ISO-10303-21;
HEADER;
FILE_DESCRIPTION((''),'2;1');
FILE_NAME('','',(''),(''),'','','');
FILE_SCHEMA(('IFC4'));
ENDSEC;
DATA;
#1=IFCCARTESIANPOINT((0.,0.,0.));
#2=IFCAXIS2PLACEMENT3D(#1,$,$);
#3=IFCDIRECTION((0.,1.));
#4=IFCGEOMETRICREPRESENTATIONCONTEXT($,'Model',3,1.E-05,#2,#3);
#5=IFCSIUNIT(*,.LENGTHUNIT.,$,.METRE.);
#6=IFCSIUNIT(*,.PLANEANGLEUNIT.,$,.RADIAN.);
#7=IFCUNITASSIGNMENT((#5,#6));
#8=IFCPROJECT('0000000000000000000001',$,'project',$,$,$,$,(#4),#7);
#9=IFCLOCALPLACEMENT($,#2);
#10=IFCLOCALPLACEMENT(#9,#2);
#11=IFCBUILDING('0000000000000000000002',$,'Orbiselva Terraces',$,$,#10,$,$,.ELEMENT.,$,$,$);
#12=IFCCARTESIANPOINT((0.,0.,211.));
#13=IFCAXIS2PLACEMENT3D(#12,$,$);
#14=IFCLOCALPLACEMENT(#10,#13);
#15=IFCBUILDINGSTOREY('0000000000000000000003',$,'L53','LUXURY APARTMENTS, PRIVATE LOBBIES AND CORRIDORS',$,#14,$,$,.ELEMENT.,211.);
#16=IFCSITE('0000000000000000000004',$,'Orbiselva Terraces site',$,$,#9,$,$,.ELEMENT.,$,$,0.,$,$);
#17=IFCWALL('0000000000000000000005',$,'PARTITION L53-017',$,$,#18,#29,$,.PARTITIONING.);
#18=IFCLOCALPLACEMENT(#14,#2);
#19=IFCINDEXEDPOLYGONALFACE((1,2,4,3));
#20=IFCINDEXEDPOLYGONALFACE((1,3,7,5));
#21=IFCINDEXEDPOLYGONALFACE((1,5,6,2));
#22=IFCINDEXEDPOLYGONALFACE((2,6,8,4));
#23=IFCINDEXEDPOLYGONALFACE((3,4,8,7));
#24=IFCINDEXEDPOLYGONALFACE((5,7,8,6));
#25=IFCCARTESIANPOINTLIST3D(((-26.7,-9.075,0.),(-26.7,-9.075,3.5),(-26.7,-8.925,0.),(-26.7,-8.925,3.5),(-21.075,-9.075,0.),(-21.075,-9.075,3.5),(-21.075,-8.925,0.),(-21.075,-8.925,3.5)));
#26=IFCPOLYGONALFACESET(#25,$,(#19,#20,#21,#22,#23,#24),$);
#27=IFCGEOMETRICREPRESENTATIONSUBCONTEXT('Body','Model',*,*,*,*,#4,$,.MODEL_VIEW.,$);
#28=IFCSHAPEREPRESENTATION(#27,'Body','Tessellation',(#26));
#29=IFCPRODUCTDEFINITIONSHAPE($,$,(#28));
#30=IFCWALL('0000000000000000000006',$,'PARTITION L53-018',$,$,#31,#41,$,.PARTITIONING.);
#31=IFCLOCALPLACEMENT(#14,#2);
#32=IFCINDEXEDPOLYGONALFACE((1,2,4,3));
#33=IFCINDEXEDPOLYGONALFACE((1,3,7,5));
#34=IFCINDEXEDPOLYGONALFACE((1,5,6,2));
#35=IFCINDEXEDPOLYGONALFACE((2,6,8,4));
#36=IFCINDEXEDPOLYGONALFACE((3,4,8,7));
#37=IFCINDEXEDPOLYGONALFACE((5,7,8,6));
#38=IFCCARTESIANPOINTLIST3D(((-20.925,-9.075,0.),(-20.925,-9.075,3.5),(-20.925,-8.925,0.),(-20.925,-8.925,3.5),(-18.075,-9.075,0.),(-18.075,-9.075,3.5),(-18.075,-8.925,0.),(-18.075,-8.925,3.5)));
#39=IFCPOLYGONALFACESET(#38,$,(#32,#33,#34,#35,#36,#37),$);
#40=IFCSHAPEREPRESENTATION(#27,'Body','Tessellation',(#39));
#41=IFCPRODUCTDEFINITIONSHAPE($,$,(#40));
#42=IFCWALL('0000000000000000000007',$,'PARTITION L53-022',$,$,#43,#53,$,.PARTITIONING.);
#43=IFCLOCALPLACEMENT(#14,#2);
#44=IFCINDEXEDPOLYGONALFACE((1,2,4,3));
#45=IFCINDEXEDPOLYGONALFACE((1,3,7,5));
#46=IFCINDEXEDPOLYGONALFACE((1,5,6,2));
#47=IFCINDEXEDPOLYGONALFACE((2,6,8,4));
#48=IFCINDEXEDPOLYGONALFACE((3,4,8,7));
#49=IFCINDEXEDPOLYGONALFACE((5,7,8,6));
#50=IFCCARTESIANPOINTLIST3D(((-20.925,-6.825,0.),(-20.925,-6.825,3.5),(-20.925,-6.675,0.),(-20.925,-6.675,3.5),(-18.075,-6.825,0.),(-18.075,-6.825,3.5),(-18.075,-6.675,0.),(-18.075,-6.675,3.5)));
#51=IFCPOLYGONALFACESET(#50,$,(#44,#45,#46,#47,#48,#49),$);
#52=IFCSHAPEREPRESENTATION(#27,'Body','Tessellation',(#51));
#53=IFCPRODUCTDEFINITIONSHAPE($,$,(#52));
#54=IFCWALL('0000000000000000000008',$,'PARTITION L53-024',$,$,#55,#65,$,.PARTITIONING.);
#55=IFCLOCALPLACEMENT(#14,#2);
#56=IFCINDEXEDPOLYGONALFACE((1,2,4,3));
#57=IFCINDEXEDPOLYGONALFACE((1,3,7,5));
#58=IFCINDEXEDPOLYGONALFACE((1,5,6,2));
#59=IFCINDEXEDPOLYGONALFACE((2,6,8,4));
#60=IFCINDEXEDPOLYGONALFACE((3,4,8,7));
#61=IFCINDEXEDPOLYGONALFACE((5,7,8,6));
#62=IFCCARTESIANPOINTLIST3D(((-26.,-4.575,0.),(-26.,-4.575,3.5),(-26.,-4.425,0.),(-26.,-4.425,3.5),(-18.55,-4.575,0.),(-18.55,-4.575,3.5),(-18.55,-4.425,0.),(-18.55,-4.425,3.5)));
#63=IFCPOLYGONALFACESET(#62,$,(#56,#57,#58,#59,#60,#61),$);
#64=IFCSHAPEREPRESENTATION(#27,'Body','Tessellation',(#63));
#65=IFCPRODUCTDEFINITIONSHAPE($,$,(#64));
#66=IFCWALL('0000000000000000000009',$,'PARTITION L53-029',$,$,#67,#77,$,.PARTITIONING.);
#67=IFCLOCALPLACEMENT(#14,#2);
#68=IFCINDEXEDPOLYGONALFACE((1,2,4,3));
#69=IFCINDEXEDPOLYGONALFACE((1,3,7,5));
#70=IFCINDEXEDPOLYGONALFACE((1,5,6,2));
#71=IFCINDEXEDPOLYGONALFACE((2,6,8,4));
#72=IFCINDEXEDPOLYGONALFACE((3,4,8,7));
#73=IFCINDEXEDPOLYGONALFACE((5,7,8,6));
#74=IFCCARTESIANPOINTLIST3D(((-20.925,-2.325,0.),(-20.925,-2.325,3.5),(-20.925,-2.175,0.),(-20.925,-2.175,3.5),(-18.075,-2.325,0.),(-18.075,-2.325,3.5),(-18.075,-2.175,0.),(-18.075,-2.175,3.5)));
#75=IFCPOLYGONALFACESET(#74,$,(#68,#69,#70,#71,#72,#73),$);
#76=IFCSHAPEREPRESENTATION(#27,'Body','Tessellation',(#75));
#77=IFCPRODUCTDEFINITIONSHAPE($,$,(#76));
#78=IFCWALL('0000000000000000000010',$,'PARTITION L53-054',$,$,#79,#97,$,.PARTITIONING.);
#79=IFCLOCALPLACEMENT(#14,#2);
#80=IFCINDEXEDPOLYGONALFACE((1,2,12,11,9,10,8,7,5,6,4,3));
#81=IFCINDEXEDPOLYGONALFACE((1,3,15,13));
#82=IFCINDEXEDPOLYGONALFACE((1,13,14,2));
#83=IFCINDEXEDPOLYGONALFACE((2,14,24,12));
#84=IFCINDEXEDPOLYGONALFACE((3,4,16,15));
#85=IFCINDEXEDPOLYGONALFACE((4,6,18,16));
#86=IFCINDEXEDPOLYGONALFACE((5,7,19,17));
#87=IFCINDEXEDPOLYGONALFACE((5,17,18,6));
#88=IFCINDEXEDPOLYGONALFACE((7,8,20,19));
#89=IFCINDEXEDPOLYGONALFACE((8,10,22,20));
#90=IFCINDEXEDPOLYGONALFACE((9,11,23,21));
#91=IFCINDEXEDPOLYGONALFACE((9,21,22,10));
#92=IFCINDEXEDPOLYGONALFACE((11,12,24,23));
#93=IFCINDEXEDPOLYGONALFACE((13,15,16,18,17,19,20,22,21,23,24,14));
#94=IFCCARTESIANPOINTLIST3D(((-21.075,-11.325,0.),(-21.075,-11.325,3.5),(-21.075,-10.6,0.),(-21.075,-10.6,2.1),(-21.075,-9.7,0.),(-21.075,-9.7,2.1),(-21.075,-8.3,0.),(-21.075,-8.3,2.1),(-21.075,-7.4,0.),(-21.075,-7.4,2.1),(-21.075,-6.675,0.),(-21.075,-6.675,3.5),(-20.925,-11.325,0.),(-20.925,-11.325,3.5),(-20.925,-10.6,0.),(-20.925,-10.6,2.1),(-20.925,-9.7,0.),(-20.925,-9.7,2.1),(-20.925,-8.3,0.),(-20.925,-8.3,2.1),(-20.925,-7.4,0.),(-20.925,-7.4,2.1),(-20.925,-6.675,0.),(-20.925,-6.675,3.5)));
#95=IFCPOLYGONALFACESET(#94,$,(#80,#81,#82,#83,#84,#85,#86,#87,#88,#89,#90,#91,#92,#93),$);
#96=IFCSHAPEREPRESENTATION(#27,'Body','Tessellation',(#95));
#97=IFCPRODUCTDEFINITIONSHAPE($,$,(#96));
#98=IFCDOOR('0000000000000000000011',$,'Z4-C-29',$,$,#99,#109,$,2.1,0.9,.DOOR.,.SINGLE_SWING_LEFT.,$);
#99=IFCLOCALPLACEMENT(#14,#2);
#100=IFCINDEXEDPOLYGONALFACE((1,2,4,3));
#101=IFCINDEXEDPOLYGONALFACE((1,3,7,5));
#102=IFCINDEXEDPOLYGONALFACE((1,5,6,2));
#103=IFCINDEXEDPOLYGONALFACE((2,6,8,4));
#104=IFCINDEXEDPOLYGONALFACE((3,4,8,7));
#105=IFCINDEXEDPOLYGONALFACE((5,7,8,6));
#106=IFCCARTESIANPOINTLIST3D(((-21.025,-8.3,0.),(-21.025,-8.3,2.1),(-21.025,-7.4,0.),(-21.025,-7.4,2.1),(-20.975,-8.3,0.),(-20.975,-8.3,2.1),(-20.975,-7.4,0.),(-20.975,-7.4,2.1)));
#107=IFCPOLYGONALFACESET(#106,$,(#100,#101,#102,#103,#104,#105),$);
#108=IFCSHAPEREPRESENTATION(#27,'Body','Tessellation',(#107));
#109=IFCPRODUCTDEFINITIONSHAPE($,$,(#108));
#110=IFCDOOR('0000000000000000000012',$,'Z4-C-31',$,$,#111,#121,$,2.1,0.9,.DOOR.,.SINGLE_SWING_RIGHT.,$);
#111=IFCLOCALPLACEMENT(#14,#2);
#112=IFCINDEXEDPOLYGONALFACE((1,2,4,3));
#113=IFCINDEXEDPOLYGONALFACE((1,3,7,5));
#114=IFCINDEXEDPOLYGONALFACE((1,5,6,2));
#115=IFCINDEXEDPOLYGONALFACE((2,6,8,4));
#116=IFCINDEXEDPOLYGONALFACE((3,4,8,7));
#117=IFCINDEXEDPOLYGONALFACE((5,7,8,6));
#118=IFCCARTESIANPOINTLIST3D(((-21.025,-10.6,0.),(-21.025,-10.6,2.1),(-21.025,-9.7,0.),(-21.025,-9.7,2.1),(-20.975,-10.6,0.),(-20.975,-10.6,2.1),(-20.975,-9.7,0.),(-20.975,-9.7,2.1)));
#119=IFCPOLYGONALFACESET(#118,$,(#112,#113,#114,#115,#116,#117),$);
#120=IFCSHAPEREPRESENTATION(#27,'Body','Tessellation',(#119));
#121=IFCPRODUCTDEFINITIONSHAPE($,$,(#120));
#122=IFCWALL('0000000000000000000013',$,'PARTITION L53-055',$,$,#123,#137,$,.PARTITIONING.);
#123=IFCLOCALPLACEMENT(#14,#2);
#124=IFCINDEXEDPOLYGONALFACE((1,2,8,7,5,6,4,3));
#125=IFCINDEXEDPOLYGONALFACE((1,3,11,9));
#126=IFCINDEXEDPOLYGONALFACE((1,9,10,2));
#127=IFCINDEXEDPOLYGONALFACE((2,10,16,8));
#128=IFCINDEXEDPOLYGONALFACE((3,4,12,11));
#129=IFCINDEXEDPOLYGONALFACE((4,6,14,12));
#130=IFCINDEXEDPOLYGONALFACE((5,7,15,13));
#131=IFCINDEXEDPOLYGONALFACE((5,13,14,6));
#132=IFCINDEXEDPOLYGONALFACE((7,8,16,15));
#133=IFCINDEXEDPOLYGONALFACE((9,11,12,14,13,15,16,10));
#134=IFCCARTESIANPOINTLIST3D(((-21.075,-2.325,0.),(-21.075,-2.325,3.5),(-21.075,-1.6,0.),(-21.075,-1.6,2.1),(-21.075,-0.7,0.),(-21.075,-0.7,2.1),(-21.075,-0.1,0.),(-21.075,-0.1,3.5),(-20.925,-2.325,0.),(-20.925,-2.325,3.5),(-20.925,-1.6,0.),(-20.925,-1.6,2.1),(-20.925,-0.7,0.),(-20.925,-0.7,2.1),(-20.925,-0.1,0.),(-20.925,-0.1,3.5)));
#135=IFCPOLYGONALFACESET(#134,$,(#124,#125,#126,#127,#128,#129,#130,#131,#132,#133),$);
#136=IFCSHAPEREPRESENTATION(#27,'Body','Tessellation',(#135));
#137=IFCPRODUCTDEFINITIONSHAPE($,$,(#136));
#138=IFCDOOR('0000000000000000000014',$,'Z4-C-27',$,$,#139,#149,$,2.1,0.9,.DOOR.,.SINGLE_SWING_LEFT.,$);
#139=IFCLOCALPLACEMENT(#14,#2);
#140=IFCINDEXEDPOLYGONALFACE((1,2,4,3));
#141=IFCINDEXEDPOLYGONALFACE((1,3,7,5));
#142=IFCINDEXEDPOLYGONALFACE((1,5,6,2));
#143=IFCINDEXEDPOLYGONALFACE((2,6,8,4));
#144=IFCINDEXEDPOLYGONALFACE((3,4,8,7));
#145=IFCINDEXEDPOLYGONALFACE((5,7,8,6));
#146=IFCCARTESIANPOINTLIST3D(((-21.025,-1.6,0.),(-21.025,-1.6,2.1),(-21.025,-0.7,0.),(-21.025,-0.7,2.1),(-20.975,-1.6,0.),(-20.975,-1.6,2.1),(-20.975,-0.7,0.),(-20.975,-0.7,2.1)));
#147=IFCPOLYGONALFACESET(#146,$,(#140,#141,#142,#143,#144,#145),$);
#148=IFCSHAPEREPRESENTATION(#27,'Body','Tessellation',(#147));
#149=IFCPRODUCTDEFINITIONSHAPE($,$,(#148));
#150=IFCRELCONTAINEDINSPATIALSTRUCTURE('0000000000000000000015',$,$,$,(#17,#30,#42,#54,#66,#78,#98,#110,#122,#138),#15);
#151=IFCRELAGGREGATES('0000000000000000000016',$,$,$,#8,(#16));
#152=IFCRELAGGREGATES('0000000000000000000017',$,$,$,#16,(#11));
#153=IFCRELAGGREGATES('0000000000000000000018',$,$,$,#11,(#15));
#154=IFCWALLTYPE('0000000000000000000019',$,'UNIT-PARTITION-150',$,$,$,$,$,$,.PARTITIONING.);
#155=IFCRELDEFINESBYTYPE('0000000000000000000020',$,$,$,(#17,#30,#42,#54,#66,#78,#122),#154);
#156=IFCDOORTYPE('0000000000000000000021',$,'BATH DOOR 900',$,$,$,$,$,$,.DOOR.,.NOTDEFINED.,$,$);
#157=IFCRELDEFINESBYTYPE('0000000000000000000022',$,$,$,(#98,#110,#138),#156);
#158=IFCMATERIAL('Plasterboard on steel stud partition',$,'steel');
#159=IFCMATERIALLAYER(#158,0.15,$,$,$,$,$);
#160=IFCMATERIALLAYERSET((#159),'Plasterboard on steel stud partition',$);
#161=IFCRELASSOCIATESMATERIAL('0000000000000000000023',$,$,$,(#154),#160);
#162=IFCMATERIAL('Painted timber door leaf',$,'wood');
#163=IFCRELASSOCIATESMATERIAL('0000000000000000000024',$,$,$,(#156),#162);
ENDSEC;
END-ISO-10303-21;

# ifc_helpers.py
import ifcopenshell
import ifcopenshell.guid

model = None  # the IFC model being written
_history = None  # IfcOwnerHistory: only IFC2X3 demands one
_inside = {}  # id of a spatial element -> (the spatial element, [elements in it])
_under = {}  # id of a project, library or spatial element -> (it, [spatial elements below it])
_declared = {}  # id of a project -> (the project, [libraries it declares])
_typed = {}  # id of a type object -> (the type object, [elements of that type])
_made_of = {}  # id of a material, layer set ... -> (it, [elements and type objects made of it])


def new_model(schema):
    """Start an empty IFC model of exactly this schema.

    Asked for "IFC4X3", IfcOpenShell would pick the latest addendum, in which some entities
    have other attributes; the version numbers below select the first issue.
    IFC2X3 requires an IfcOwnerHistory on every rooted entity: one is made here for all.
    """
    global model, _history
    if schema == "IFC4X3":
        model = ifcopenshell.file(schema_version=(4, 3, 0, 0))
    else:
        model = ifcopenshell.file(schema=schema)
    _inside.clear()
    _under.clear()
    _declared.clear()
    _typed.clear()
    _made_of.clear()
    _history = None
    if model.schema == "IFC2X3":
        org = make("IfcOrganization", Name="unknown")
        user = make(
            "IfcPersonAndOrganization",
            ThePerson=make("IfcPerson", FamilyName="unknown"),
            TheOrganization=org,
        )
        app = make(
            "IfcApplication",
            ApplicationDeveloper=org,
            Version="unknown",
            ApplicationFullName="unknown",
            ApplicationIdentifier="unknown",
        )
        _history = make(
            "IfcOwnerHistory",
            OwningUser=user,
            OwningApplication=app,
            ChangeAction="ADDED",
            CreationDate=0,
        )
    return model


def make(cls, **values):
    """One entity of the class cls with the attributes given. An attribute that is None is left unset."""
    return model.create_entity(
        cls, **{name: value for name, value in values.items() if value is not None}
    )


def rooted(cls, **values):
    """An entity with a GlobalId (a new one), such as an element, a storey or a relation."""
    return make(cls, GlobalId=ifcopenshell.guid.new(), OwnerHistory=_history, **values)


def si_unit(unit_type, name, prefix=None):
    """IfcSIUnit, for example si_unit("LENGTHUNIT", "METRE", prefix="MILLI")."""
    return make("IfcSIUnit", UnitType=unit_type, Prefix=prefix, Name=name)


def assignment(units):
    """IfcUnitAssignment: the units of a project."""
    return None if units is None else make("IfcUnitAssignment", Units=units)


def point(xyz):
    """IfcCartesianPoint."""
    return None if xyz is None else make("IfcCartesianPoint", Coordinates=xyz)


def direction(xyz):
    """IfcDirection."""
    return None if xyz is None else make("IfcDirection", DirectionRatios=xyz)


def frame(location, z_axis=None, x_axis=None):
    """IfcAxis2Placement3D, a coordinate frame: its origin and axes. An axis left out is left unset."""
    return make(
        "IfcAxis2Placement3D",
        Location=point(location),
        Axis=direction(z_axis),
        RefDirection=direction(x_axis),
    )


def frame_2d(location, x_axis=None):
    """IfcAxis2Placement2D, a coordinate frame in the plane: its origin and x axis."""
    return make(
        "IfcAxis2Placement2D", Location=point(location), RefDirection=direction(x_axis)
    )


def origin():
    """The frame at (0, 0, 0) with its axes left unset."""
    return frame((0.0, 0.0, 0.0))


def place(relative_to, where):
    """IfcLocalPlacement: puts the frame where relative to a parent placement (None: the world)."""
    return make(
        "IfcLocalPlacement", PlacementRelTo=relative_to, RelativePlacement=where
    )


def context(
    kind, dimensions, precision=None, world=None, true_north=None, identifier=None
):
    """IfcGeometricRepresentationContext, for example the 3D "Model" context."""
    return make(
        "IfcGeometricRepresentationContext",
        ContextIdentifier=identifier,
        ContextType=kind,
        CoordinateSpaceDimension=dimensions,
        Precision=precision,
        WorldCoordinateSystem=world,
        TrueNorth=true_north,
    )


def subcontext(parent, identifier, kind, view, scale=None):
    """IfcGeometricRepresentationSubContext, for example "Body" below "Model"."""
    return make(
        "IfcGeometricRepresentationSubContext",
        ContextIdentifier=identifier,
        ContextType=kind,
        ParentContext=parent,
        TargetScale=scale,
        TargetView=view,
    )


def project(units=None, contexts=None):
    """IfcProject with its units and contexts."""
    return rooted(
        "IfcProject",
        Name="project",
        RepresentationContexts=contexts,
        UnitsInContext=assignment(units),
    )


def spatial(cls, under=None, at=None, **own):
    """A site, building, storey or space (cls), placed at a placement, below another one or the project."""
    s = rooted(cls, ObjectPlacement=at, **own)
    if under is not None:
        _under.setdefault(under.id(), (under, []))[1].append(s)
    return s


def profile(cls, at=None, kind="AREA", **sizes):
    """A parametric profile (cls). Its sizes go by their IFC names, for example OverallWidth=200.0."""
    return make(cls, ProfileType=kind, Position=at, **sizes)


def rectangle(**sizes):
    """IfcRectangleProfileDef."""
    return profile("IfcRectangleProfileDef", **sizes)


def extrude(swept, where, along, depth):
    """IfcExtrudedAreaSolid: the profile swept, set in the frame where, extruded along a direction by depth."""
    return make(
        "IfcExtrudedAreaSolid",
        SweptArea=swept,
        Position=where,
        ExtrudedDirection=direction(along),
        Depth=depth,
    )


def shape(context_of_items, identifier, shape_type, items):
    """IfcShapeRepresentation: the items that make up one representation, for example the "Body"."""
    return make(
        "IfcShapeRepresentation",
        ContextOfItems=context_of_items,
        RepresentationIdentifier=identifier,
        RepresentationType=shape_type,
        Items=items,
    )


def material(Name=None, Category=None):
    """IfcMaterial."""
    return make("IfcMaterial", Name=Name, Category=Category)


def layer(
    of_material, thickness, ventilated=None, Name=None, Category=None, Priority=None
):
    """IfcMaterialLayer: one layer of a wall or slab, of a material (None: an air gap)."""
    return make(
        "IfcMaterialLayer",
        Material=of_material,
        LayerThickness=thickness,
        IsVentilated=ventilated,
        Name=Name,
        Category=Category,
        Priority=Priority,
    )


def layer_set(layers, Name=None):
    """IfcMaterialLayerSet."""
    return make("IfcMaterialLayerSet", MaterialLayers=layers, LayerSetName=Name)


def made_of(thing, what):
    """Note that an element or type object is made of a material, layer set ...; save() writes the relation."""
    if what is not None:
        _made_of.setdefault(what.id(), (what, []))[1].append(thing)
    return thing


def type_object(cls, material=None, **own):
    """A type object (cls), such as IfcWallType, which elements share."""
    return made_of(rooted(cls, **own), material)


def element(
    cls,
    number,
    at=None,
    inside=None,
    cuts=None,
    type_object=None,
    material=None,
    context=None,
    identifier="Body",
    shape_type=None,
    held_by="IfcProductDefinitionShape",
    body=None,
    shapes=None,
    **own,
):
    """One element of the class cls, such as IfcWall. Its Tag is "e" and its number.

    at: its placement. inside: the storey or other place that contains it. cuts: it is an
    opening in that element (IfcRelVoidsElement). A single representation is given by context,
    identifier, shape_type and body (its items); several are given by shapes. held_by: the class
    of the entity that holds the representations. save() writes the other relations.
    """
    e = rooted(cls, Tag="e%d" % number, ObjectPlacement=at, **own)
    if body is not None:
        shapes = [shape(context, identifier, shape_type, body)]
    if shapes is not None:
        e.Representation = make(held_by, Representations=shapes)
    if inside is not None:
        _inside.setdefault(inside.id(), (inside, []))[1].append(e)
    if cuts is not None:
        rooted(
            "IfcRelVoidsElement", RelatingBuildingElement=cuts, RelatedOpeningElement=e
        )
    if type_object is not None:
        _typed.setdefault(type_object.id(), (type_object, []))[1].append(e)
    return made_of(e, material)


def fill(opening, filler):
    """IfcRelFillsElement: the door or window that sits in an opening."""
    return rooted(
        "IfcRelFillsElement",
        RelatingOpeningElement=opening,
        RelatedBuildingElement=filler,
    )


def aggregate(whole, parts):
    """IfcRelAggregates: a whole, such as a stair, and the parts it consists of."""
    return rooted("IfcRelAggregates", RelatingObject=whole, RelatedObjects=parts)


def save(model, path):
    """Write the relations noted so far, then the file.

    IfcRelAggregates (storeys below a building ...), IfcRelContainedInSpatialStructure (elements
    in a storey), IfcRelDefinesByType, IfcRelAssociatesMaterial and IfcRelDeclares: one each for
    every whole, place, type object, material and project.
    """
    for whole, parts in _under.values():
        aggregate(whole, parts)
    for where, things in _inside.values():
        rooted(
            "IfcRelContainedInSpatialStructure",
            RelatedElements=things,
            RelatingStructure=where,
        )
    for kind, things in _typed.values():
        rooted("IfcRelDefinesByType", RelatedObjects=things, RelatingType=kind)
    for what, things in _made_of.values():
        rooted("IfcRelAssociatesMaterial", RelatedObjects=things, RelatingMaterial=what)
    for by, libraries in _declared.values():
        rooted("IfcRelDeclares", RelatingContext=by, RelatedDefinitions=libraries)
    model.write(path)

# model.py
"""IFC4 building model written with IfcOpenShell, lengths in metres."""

from ifc_helpers import new_model, si_unit, direction, frame, frame_2d, origin, place, context, subcontext, project, spatial, rectangle, extrude, material, layer, layer_set, type_object, element, fill, save


model = new_model("IFC4")

# Units and contexts
model_context = context("Model", 3, precision=1e-05, world=origin(), true_north=direction((0.0, 1.0)))
body_context = subcontext(model_context, "Body", "Model", "MODEL_VIEW")
ifc_project = project(units=[si_unit("LENGTHUNIT", "METRE"), si_unit("PLANEANGLEUNIT", "RADIAN")], contexts=[model_context])

# Site, building, storey
site_placement = place(None, origin())
site = spatial("IfcSite", under=ifc_project, at=site_placement, Name="Orbiselva Terraces site", CompositionType="ELEMENT", RefElevation=0.0)
building_placement = place(site_placement, origin())
building = spatial("IfcBuilding", under=site, at=building_placement, Name="Orbiselva Terraces", CompositionType="ELEMENT")
storey_placement = place(building_placement, frame((0.0, 0.0, 211.0)))
storey = spatial("IfcBuildingStorey", under=building, at=storey_placement, Name="L53", Description="LUXURY APARTMENTS, PRIVATE LOBBIES AND CORRIDORS", CompositionType="ELEMENT", Elevation=211.0)

# Walls
ifc_material_1 = material(Name="Plasterboard on steel stud partition", Category="steel")
ifc_layer_1 = layer(ifc_material_1, 0.15)
ifc_layer_set_1 = layer_set([ifc_layer_1], Name="Plasterboard on steel stud partition")
wall_type_1 = type_object("IfcWallType", Name="UNIT-PARTITION-150", PredefinedType="PARTITIONING", material=ifc_layer_set_1)
wall_1_placement = place(storey_placement, frame((-26.7, -9.0, 0.0), z_axis=(0.0, 0.0, 1.0), x_axis=(1.0, 0.0, 0.0)))
element("IfcWall", 1, at=wall_1_placement, inside=storey, type_object=wall_type_1, Name="PARTITION L53-017", PredefinedType="PARTITIONING", context=body_context, shape_type="SweptSolid", body=[
    extrude(rectangle(XDim=5.625, YDim=0.15, at=frame_2d((2.8125, 0.0))), origin(), (0.0, 0.0, 1.0), 3.5),
])
for number, where, z_axis, x_axis, name in (
    (2, (-20.925, -9.0, 0.0), (0.0, 0.0, 1.0), (1.0, 0.0, 0.0), "PARTITION L53-018"),
    (3, (-20.925, -6.75, 0.0), (0.0, 0.0, 1.0), (1.0, 0.0, 0.0), "PARTITION L53-022"),
):
    element("IfcWall", number, at=place(storey_placement, frame(where, z_axis=z_axis, x_axis=x_axis)), inside=storey, type_object=wall_type_1, Name=name, PredefinedType="PARTITIONING", context=body_context, shape_type="SweptSolid", body=[
        extrude(rectangle(XDim=2.85, YDim=0.15, at=frame_2d((1.425, 0.0))), origin(), (0.0, 0.0, 1.0), 3.5),
    ])
wall_2_placement = place(storey_placement, frame((-26.0, -4.5, 0.0), z_axis=(0.0, 0.0, 1.0), x_axis=(1.0, 0.0, 0.0)))
element("IfcWall", 4, at=wall_2_placement, inside=storey, type_object=wall_type_1, Name="PARTITION L53-024", PredefinedType="PARTITIONING", context=body_context, shape_type="SweptSolid", body=[
    extrude(rectangle(XDim=7.45, YDim=0.15, at=frame_2d((3.725, 0.0))), origin(), (0.0, 0.0, 1.0), 3.5),
])
wall_3_placement = place(storey_placement, frame((-20.925, -2.25, 0.0), z_axis=(0.0, 0.0, 1.0), x_axis=(1.0, 0.0, 0.0)))
element("IfcWall", 5, at=wall_3_placement, inside=storey, type_object=wall_type_1, Name="PARTITION L53-029", PredefinedType="PARTITIONING", context=body_context, shape_type="SweptSolid", body=[
    extrude(rectangle(XDim=2.85, YDim=0.15, at=frame_2d((1.425, 0.0))), origin(), (0.0, 0.0, 1.0), 3.5),
])

# Wall, openings, doors
wall_4_placement = place(storey_placement, frame((-21.0, -6.675, 0.0), z_axis=(0.0, 0.0, 1.0), x_axis=(0.0, -1.0, 0.0)))
wall_4 = element("IfcWall", 6, at=wall_4_placement, inside=storey, type_object=wall_type_1, Name="PARTITION L53-054", PredefinedType="PARTITIONING", context=body_context, shape_type="SweptSolid", body=[
    extrude(rectangle(XDim=4.65, YDim=0.15, at=frame_2d((2.325, 0.0))), origin(), (0.0, 0.0, 1.0), 3.5),
])
opening_1_placement = place(wall_4_placement, frame((0.725, 0.0, 0.0)))
opening_1 = element("IfcOpeningElement", 7, at=opening_1_placement, cuts=wall_4, PredefinedType="OPENING", context=body_context, shape_type="SweptSolid", body=[
    extrude(rectangle(XDim=0.9, YDim=2.1, at=frame_2d((0.45, 1.05))), frame((0.0, 0.085, 0.0), z_axis=(0.0, -1.0, 0.0), x_axis=(1.0, 0.0, 0.0)), (0.0, 0.0, 1.0), 0.17),
])
opening_2_placement = place(wall_4_placement, frame((3.025, 0.0, 0.0)))
opening_2 = element("IfcOpeningElement", 8, at=opening_2_placement, cuts=wall_4, PredefinedType="OPENING", context=body_context, shape_type="SweptSolid", body=[
    extrude(rectangle(XDim=0.9, YDim=2.1, at=frame_2d((0.45, 1.05))), frame((0.0, 0.085, 0.0), z_axis=(0.0, -1.0, 0.0), x_axis=(1.0, 0.0, 0.0)), (0.0, 0.0, 1.0), 0.17),
])
ifc_material_2 = material(Name="Painted timber door leaf", Category="wood")
door_type_1 = type_object("IfcDoorType", Name="BATH DOOR 900", OperationType="NOTDEFINED", PredefinedType="DOOR", material=ifc_material_2)
door_1_placement = place(opening_1_placement, origin())
door_1 = element("IfcDoor", 9, at=door_1_placement, inside=storey, type_object=door_type_1, Name="Z4-C-29", OperationType="SINGLE_SWING_LEFT", OverallHeight=2.1, OverallWidth=0.9, PredefinedType="DOOR", context=body_context, shape_type="SweptSolid", body=[
    extrude(rectangle(XDim=0.9, YDim=2.1, at=frame_2d((0.45, 1.05))), frame((0.0, 0.025, 0.0), z_axis=(0.0, -1.0, 0.0), x_axis=(1.0, 0.0, 0.0)), (0.0, 0.0, 1.0), 0.05),
])
fill(opening_1, door_1)
door_2_placement = place(opening_2_placement, origin())
door_2 = element("IfcDoor", 10, at=door_2_placement, inside=storey, type_object=door_type_1, Name="Z4-C-31", OperationType="SINGLE_SWING_RIGHT", OverallHeight=2.1, OverallWidth=0.9, PredefinedType="DOOR", context=body_context, shape_type="SweptSolid", body=[
    extrude(rectangle(XDim=0.9, YDim=2.1, at=frame_2d((0.45, 1.05))), frame((0.0, 0.025, 0.0), z_axis=(0.0, -1.0, 0.0), x_axis=(1.0, 0.0, 0.0)), (0.0, 0.0, 1.0), 0.05),
])
fill(opening_2, door_2)

# Wall, opening, door
wall_5_placement = place(storey_placement, frame((-21.0, -0.1, 0.0), z_axis=(0.0, 0.0, 1.0), x_axis=(0.0, -1.0, 0.0)))
wall_5 = element("IfcWall", 11, at=wall_5_placement, inside=storey, type_object=wall_type_1, Name="PARTITION L53-055", PredefinedType="PARTITIONING", context=body_context, shape_type="SweptSolid", body=[
    extrude(rectangle(XDim=2.225, YDim=0.15, at=frame_2d((1.1125, 0.0))), origin(), (0.0, 0.0, 1.0), 3.5),
])
opening_3_placement = place(wall_5_placement, frame((0.6, 0.0, 0.0)))
opening_3 = element("IfcOpeningElement", 12, at=opening_3_placement, cuts=wall_5, PredefinedType="OPENING", context=body_context, shape_type="SweptSolid", body=[
    extrude(rectangle(XDim=0.9, YDim=2.1, at=frame_2d((0.45, 1.05))), frame((0.0, 0.085, 0.0), z_axis=(0.0, -1.0, 0.0), x_axis=(1.0, 0.0, 0.0)), (0.0, 0.0, 1.0), 0.17),
])
door_3_placement = place(opening_3_placement, origin())
door_3 = element("IfcDoor", 13, at=door_3_placement, inside=storey, type_object=door_type_1, Name="Z4-C-27", OperationType="SINGLE_SWING_LEFT", OverallHeight=2.1, OverallWidth=0.9, PredefinedType="DOOR", context=body_context, shape_type="SweptSolid", body=[
    extrude(rectangle(XDim=0.9, YDim=2.1, at=frame_2d((0.45, 1.05))), frame((0.0, 0.025, 0.0), z_axis=(0.0, -1.0, 0.0), x_axis=(1.0, 0.0, 0.0)), (0.0, 0.0, 1.0), 0.05),
])
fill(opening_3, door_3)

save(model, "model.ifc")
